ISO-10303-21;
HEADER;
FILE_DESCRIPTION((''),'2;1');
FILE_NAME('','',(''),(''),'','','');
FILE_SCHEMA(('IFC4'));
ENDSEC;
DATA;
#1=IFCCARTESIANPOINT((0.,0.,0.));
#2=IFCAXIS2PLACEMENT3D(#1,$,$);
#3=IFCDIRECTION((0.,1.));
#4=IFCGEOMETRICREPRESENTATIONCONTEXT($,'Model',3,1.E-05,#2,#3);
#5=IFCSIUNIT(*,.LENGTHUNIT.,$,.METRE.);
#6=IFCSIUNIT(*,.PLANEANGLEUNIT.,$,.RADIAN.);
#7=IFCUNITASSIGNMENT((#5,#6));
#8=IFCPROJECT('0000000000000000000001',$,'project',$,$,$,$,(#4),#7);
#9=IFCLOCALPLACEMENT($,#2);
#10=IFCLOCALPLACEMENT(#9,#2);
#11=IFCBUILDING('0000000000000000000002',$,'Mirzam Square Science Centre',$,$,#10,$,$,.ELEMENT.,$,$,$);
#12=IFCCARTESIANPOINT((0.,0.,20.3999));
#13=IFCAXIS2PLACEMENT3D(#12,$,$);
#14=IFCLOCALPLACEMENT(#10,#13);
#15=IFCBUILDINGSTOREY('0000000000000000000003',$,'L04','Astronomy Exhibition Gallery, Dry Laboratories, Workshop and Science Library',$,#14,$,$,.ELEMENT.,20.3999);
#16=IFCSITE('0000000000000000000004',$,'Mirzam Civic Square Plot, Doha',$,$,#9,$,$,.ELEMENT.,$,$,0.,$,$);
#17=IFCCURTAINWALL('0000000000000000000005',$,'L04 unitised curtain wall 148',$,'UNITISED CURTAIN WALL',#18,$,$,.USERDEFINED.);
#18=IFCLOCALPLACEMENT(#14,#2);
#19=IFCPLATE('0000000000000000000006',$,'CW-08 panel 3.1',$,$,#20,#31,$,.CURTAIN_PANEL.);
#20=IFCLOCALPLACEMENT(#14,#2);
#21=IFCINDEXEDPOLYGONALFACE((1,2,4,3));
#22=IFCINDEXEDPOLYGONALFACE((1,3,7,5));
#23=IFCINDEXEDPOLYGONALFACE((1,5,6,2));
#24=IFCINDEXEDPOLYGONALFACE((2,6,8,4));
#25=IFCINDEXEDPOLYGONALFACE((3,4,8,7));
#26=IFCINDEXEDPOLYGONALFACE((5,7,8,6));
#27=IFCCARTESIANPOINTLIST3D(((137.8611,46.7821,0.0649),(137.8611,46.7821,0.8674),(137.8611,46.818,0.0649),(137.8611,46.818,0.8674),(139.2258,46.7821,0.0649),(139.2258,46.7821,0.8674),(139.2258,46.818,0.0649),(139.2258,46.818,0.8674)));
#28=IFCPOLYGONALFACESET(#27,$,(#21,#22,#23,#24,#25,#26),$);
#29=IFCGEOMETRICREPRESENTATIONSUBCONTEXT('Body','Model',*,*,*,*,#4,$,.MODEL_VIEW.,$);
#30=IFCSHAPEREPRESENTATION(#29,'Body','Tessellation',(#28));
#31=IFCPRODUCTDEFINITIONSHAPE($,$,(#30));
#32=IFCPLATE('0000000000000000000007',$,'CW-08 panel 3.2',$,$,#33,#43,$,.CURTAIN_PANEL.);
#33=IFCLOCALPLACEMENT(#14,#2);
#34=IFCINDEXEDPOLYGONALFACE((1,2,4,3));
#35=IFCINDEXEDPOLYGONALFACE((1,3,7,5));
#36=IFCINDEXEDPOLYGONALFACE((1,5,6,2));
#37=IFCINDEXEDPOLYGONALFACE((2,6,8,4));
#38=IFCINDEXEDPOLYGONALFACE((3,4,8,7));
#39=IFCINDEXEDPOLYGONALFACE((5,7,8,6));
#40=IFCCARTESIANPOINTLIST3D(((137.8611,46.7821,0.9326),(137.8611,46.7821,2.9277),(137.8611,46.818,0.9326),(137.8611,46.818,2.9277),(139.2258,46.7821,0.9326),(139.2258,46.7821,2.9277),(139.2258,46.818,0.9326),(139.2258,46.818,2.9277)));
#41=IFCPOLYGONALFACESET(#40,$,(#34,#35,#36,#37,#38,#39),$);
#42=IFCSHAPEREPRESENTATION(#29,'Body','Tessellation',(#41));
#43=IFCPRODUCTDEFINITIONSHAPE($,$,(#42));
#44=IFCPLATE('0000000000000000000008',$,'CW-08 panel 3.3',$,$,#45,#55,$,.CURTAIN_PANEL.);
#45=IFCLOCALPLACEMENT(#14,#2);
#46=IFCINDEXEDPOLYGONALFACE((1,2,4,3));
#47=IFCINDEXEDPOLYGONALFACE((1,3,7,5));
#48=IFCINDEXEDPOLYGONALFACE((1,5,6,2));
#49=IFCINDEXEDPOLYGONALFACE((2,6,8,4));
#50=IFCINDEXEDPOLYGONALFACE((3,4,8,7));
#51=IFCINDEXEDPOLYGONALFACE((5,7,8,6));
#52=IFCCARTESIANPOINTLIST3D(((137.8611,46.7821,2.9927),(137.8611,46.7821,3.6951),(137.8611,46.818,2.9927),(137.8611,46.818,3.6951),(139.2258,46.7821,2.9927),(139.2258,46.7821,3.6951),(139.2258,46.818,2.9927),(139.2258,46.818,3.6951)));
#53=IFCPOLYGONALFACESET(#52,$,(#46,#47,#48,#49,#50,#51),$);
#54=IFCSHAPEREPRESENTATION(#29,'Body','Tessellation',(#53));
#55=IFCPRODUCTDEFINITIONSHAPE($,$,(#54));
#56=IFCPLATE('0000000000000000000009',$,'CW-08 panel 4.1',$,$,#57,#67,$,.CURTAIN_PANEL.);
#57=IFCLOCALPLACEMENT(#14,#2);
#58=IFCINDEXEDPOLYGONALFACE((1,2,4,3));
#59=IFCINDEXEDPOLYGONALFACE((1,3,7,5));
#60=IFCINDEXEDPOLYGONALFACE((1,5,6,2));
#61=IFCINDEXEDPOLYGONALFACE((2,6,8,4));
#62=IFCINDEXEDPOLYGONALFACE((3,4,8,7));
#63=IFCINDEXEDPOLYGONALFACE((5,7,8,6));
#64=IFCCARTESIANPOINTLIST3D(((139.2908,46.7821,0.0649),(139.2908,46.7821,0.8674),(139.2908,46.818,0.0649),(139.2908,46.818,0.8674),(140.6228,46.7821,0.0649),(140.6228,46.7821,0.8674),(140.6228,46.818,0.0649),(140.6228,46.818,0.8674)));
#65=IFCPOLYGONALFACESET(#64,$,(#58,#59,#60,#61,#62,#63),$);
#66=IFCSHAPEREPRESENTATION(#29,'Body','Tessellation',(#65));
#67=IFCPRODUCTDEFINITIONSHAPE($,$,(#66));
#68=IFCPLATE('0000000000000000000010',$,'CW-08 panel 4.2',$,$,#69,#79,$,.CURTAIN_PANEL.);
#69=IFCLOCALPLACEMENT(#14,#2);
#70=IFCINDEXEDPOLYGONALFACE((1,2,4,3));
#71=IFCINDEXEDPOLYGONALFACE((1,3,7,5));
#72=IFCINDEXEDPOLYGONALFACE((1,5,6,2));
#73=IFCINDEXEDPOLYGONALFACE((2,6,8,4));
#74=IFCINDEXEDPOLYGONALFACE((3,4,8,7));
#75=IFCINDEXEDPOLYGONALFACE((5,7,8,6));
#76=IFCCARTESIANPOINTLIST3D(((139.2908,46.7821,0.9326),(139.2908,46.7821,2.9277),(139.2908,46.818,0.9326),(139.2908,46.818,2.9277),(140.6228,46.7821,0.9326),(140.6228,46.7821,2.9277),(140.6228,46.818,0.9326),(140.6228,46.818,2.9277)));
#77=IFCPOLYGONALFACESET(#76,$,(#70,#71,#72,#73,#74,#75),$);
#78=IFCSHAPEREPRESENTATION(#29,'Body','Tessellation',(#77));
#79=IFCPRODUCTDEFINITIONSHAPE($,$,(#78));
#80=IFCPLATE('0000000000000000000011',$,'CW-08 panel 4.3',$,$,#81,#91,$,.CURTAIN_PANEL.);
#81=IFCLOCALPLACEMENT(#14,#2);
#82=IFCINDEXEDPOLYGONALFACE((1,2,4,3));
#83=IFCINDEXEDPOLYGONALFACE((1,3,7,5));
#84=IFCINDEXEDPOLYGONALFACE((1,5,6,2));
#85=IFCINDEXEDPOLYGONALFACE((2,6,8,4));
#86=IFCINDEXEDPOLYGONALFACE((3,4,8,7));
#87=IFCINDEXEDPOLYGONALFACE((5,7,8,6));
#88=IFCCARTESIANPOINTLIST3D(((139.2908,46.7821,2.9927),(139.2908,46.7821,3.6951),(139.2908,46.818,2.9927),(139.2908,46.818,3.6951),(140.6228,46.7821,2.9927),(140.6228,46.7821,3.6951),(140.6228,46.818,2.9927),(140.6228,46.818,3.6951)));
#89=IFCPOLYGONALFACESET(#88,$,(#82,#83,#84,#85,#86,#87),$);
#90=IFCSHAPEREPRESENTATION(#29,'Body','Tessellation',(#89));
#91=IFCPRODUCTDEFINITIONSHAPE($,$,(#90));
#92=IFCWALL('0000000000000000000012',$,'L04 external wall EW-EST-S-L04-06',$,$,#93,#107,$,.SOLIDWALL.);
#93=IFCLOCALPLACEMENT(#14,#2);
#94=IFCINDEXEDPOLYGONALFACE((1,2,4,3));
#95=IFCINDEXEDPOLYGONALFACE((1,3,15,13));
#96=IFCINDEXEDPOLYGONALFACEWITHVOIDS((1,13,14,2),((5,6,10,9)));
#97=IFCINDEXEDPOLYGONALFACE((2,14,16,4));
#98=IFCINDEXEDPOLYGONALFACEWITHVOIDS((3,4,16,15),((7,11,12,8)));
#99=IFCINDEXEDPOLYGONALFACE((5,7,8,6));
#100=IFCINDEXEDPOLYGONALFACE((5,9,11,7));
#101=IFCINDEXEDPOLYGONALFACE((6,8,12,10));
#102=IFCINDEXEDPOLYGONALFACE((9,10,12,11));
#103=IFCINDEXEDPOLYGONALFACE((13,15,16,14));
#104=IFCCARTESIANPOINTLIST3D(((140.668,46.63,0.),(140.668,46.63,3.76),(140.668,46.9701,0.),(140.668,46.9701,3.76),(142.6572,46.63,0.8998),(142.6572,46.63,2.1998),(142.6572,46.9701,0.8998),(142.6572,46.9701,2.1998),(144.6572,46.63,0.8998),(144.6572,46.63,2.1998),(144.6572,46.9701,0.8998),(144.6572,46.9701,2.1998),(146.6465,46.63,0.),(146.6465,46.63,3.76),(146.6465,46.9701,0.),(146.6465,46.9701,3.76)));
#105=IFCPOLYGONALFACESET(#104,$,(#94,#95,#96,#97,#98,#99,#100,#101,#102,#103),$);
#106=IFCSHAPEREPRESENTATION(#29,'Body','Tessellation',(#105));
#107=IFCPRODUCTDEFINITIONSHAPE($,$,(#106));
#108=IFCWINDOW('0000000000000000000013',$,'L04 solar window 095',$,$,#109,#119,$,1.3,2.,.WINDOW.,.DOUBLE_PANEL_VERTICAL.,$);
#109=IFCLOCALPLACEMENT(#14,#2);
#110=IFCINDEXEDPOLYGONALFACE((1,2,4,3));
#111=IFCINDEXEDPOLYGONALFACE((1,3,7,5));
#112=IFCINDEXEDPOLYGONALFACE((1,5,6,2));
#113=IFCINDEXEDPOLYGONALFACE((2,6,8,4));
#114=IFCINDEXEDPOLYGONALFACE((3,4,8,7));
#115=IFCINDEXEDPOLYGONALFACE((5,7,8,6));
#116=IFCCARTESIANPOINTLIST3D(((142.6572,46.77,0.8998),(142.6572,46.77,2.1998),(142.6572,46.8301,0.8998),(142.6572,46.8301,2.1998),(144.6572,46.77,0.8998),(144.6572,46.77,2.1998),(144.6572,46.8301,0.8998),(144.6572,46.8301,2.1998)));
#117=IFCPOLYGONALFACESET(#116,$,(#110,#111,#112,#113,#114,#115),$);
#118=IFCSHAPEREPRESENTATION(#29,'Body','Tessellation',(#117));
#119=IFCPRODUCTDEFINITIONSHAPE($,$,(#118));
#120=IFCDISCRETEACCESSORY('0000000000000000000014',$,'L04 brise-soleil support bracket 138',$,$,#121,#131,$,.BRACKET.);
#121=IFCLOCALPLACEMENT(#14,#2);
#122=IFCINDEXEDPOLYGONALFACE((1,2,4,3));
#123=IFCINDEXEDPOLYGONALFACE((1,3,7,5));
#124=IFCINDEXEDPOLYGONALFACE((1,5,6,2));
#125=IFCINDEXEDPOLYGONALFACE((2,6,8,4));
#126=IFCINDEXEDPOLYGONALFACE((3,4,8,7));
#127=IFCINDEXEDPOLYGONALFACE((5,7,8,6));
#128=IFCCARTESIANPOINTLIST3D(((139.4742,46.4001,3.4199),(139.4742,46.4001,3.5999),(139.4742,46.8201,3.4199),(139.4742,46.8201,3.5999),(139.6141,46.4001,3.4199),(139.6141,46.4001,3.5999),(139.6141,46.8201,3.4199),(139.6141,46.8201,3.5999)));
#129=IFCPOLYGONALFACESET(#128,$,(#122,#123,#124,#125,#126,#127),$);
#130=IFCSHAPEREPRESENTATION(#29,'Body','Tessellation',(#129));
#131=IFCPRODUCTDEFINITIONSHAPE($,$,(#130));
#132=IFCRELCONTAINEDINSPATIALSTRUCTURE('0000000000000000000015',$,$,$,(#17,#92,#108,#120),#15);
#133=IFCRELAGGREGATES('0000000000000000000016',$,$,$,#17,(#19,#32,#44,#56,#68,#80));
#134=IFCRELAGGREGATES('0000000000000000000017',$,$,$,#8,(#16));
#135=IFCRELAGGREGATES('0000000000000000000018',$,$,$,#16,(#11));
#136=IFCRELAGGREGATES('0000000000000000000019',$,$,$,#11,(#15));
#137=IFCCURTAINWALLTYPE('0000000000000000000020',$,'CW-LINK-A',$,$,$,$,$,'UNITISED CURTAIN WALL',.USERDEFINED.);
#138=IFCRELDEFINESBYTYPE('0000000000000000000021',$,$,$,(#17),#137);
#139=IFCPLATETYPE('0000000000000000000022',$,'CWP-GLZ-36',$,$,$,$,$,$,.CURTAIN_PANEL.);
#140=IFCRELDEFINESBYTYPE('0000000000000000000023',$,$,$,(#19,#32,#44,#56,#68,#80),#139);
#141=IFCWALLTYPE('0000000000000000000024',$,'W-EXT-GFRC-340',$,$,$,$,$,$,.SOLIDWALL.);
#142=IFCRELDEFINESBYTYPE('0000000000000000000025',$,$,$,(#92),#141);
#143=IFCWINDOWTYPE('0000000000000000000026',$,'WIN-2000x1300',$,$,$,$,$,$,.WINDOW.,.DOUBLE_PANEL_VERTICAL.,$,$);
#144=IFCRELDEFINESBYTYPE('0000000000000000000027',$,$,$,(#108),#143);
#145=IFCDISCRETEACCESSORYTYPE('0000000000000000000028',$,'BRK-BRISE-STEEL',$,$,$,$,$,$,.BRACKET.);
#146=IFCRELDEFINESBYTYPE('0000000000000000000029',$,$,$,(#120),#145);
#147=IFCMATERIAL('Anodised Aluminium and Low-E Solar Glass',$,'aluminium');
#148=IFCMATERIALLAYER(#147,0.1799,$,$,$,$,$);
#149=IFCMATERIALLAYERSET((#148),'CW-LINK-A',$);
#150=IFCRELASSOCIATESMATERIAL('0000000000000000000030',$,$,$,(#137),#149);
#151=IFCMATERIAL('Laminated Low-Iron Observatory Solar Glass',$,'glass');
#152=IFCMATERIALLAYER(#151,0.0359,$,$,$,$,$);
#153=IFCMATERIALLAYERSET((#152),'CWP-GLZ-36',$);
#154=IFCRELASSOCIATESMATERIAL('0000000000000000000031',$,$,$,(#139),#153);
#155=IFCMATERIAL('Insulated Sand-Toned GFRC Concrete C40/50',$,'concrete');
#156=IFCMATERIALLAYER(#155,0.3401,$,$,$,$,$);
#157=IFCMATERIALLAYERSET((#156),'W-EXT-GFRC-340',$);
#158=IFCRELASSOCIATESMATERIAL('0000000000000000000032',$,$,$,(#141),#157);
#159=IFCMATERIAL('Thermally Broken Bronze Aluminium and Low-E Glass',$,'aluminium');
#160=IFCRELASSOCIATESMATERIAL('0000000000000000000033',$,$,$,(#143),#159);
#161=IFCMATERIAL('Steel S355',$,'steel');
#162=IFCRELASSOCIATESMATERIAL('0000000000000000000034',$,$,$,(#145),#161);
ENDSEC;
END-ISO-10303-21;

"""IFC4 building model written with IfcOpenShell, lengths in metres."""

from ifc_helpers import new_model, si_unit, direction, frame, frame_2d, origin, origin_2d, place, context, subcontext, project, spatial, rectangle, extrude, material, layer, layer_set, type_object, element, fill, aggregate, save


model = new_model("IFC4")

# Units and contexts
model_context = context("Model", 3, precision=1e-05, world=origin(), true_north=direction((0.0, 1.0)))
body_context = subcontext(model_context, "Body", "Model", "MODEL_VIEW")
ifc_project = project(units=[si_unit("LENGTHUNIT", "METRE"), si_unit("PLANEANGLEUNIT", "RADIAN")], contexts=[model_context])

# Site, building, storey
site_placement = place(None, origin())
site = spatial("IfcSite", under=ifc_project, at=site_placement, Name="Mirzam Civic Square Plot, Doha", CompositionType="ELEMENT", RefElevation=0.0)
building_placement = place(site_placement, origin())
building = spatial("IfcBuilding", under=site, at=building_placement, Name="Mirzam Square Science Centre", CompositionType="ELEMENT")
storey_placement = place(building_placement, frame((0.0, 0.0, 20.3999)))
storey = spatial("IfcBuildingStorey", under=building, at=storey_placement, Name="L04", Description="Astronomy Exhibition Gallery, Dry Laboratories, Workshop and Science Library", CompositionType="ELEMENT", Elevation=20.3999)

# Shared definitions
ifc_material_1 = material(Name="Steel S355", Category="steel")

# Shared definitions
ifc_material_2 = material(Name="Anodised Aluminium and Low-E Solar Glass", Category="aluminium")

# Curtain wall
ifc_layer_1 = layer(ifc_material_2, 0.1799)
ifc_layer_set_1 = layer_set([ifc_layer_1], Name="CW-LINK-A")
curtain_wall_type_1 = type_object("IfcCurtainWallType", Name="CW-LINK-A", ElementType="UNITISED CURTAIN WALL", PredefinedType="USERDEFINED", material=ifc_layer_set_1)
curtain_wall_1_placement = place(storey_placement, origin())
curtain_wall_1 = element("IfcCurtainWall", 1, at=curtain_wall_1_placement, inside=storey, type_object=curtain_wall_type_1, Name="L04 unitised curtain wall 148", ObjectType="UNITISED CURTAIN WALL", PredefinedType="USERDEFINED")

# Plates
ifc_material_3 = material(Name="Laminated Low-Iron Observatory Solar Glass", Category="glass")
ifc_layer_2 = layer(ifc_material_3, 0.0359)
ifc_layer_set_2 = layer_set([ifc_layer_2], Name="CWP-GLZ-36")
plate_type = type_object("IfcPlateType", Name="CWP-GLZ-36", PredefinedType="CURTAIN_PANEL", material=ifc_layer_set_2)
plate_1_placement = place(storey_placement, frame((138.5435, 46.8, 0.0649), z_axis=(0.0, 0.0, 1.0), x_axis=(1.0, 0.0, 0.0)))
plate_1 = element("IfcPlate", 2, at=plate_1_placement, type_object=plate_type, Name="CW-08 panel 3.1", PredefinedType="CURTAIN_PANEL", context=body_context, shape_type="SweptSolid", body=[
    extrude(rectangle(XDim=1.3647, YDim=0.0359, at=origin_2d()), origin(), (0.0, 0.0, 1.0), 0.8025),
])
plate_2_placement = place(storey_placement, frame((138.5435, 46.8, 0.9326), z_axis=(0.0, 0.0, 1.0), x_axis=(1.0, 0.0, 0.0)))
plate_2 = element("IfcPlate", 3, at=plate_2_placement, type_object=plate_type, Name="CW-08 panel 3.2", PredefinedType="CURTAIN_PANEL", context=body_context, shape_type="SweptSolid", body=[
    extrude(rectangle(XDim=1.3647, YDim=0.0359, at=origin_2d()), origin(), (0.0, 0.0, 1.0), 1.9951),
])
plate_3_placement = place(storey_placement, frame((138.5435, 46.8, 2.9927), z_axis=(0.0, 0.0, 1.0), x_axis=(1.0, 0.0, 0.0)))
plate_3 = element("IfcPlate", 4, at=plate_3_placement, type_object=plate_type, Name="CW-08 panel 3.3", PredefinedType="CURTAIN_PANEL", context=body_context, shape_type="SweptSolid", body=[
    extrude(rectangle(XDim=1.3647, YDim=0.0359, at=origin_2d()), origin(), (0.0, 0.0, 1.0), 0.7024),
])
plate_4_placement = place(storey_placement, frame((139.9568, 46.8, 0.0649), z_axis=(0.0, 0.0, 1.0), x_axis=(1.0, 0.0, 0.0)))
plate_4 = element("IfcPlate", 5, at=plate_4_placement, type_object=plate_type, Name="CW-08 panel 4.1", PredefinedType="CURTAIN_PANEL", context=body_context, shape_type="SweptSolid", body=[
    extrude(rectangle(XDim=1.332, YDim=0.0359, at=origin_2d()), origin(), (0.0, 0.0, 1.0), 0.8025),
])
plate_5_placement = place(storey_placement, frame((139.9568, 46.8, 0.9326), z_axis=(0.0, 0.0, 1.0), x_axis=(1.0, 0.0, 0.0)))
plate_5 = element("IfcPlate", 6, at=plate_5_placement, type_object=plate_type, Name="CW-08 panel 4.2", PredefinedType="CURTAIN_PANEL", context=body_context, shape_type="SweptSolid", body=[
    extrude(rectangle(XDim=1.332, YDim=0.0359, at=origin_2d()), origin(), (0.0, 0.0, 1.0), 1.9951),
])
plate_6_placement = place(storey_placement, frame((139.9568, 46.8, 2.9927), z_axis=(0.0, 0.0, 1.0), x_axis=(1.0, 0.0, 0.0)))
plate_6 = element("IfcPlate", 7, at=plate_6_placement, type_object=plate_type, Name="CW-08 panel 4.3", PredefinedType="CURTAIN_PANEL", context=body_context, shape_type="SweptSolid", body=[
    extrude(rectangle(XDim=1.332, YDim=0.0359, at=origin_2d()), origin(), (0.0, 0.0, 1.0), 0.7024),
])
aggregate(curtain_wall_1, [plate_1, plate_2, plate_3, plate_4, plate_5, plate_6])

# Wall, opening, window
ifc_material_4 = material(Name="Insulated Sand-Toned GFRC Concrete C40/50", Category="concrete")
ifc_layer_3 = layer(ifc_material_4, 0.3401)
ifc_layer_set_3 = layer_set([ifc_layer_3], Name="W-EXT-GFRC-340")
wall_type = type_object("IfcWallType", Name="W-EXT-GFRC-340", PredefinedType="SOLIDWALL", material=ifc_layer_set_3)
wall_placement = place(storey_placement, frame((140.668, 46.8, 0.0), z_axis=(0.0, 0.0, 1.0), x_axis=(1.0, 0.0, 0.0)))
wall = element("IfcWall", 8, at=wall_placement, inside=storey, type_object=wall_type, Name="L04 external wall EW-EST-S-L04-06", PredefinedType="SOLIDWALL", context=body_context, shape_type="SweptSolid", body=[
    extrude(rectangle(XDim=5.9785, YDim=0.3401, at=frame_2d((2.9893, 0.0))), origin(), (0.0, 0.0, 1.0), 3.76),
])
opening_placement = place(wall_placement, frame((1.9893, 0.0, 0.8999)))
opening = element("IfcOpeningElement", 9, at=opening_placement, cuts=wall, PredefinedType="OPENING", context=body_context, shape_type="SweptSolid", body=[
    extrude(rectangle(XDim=2.0, YDim=1.3, at=frame_2d((1.0, 0.6499))), frame((0.0, 0.1799, 0.0), z_axis=(0.0, -1.0, 0.0), x_axis=(1.0, 0.0, 0.0)), (0.0, 0.0, 1.0), 0.3601),
])
ifc_material_5 = material(Name="Thermally Broken Bronze Aluminium and Low-E Glass", Category="aluminium")
window_type = type_object("IfcWindowType", Name="WIN-2000x1300", PartitioningType="DOUBLE_PANEL_VERTICAL", PredefinedType="WINDOW", material=ifc_material_5)
window_placement = place(opening_placement, origin())
window = element("IfcWindow", 10, at=window_placement, inside=storey, type_object=window_type, Name="L04 solar window 095", OverallHeight=1.3, OverallWidth=2.0, PartitioningType="DOUBLE_PANEL_VERTICAL", PredefinedType="WINDOW", context=body_context, shape_type="SweptSolid", body=[
    extrude(rectangle(XDim=2.0, YDim=1.3, at=frame_2d((1.0, 0.6499))), frame((0.0, 0.03, 0.0), z_axis=(0.0, -1.0, 0.0), x_axis=(1.0, 0.0, 0.0)), (0.0, 0.0, 1.0), 0.0601),
])
fill(opening, window)

# Discrete accessory
discrete_accessory_type = type_object("IfcDiscreteAccessoryType", Name="BRK-BRISE-STEEL", PredefinedType="BRACKET", material=ifc_material_1)
discrete_accessory_placement = place(storey_placement, frame((139.5442, 46.6101, 3.4199), z_axis=(0.0, 0.0, 1.0), x_axis=(1.0, 0.0, 0.0)))
element("IfcDiscreteAccessory", 11, at=discrete_accessory_placement, inside=storey, type_object=discrete_accessory_type, Name="L04 brise-soleil support bracket 138", PredefinedType="BRACKET", context=body_context, shape_type="SweptSolid", body=[
    extrude(rectangle(XDim=0.1399, YDim=0.4199, at=origin_2d()), origin(), (0.0, 0.0, 1.0), 0.1799),
])

save(model, "model.ifc")
